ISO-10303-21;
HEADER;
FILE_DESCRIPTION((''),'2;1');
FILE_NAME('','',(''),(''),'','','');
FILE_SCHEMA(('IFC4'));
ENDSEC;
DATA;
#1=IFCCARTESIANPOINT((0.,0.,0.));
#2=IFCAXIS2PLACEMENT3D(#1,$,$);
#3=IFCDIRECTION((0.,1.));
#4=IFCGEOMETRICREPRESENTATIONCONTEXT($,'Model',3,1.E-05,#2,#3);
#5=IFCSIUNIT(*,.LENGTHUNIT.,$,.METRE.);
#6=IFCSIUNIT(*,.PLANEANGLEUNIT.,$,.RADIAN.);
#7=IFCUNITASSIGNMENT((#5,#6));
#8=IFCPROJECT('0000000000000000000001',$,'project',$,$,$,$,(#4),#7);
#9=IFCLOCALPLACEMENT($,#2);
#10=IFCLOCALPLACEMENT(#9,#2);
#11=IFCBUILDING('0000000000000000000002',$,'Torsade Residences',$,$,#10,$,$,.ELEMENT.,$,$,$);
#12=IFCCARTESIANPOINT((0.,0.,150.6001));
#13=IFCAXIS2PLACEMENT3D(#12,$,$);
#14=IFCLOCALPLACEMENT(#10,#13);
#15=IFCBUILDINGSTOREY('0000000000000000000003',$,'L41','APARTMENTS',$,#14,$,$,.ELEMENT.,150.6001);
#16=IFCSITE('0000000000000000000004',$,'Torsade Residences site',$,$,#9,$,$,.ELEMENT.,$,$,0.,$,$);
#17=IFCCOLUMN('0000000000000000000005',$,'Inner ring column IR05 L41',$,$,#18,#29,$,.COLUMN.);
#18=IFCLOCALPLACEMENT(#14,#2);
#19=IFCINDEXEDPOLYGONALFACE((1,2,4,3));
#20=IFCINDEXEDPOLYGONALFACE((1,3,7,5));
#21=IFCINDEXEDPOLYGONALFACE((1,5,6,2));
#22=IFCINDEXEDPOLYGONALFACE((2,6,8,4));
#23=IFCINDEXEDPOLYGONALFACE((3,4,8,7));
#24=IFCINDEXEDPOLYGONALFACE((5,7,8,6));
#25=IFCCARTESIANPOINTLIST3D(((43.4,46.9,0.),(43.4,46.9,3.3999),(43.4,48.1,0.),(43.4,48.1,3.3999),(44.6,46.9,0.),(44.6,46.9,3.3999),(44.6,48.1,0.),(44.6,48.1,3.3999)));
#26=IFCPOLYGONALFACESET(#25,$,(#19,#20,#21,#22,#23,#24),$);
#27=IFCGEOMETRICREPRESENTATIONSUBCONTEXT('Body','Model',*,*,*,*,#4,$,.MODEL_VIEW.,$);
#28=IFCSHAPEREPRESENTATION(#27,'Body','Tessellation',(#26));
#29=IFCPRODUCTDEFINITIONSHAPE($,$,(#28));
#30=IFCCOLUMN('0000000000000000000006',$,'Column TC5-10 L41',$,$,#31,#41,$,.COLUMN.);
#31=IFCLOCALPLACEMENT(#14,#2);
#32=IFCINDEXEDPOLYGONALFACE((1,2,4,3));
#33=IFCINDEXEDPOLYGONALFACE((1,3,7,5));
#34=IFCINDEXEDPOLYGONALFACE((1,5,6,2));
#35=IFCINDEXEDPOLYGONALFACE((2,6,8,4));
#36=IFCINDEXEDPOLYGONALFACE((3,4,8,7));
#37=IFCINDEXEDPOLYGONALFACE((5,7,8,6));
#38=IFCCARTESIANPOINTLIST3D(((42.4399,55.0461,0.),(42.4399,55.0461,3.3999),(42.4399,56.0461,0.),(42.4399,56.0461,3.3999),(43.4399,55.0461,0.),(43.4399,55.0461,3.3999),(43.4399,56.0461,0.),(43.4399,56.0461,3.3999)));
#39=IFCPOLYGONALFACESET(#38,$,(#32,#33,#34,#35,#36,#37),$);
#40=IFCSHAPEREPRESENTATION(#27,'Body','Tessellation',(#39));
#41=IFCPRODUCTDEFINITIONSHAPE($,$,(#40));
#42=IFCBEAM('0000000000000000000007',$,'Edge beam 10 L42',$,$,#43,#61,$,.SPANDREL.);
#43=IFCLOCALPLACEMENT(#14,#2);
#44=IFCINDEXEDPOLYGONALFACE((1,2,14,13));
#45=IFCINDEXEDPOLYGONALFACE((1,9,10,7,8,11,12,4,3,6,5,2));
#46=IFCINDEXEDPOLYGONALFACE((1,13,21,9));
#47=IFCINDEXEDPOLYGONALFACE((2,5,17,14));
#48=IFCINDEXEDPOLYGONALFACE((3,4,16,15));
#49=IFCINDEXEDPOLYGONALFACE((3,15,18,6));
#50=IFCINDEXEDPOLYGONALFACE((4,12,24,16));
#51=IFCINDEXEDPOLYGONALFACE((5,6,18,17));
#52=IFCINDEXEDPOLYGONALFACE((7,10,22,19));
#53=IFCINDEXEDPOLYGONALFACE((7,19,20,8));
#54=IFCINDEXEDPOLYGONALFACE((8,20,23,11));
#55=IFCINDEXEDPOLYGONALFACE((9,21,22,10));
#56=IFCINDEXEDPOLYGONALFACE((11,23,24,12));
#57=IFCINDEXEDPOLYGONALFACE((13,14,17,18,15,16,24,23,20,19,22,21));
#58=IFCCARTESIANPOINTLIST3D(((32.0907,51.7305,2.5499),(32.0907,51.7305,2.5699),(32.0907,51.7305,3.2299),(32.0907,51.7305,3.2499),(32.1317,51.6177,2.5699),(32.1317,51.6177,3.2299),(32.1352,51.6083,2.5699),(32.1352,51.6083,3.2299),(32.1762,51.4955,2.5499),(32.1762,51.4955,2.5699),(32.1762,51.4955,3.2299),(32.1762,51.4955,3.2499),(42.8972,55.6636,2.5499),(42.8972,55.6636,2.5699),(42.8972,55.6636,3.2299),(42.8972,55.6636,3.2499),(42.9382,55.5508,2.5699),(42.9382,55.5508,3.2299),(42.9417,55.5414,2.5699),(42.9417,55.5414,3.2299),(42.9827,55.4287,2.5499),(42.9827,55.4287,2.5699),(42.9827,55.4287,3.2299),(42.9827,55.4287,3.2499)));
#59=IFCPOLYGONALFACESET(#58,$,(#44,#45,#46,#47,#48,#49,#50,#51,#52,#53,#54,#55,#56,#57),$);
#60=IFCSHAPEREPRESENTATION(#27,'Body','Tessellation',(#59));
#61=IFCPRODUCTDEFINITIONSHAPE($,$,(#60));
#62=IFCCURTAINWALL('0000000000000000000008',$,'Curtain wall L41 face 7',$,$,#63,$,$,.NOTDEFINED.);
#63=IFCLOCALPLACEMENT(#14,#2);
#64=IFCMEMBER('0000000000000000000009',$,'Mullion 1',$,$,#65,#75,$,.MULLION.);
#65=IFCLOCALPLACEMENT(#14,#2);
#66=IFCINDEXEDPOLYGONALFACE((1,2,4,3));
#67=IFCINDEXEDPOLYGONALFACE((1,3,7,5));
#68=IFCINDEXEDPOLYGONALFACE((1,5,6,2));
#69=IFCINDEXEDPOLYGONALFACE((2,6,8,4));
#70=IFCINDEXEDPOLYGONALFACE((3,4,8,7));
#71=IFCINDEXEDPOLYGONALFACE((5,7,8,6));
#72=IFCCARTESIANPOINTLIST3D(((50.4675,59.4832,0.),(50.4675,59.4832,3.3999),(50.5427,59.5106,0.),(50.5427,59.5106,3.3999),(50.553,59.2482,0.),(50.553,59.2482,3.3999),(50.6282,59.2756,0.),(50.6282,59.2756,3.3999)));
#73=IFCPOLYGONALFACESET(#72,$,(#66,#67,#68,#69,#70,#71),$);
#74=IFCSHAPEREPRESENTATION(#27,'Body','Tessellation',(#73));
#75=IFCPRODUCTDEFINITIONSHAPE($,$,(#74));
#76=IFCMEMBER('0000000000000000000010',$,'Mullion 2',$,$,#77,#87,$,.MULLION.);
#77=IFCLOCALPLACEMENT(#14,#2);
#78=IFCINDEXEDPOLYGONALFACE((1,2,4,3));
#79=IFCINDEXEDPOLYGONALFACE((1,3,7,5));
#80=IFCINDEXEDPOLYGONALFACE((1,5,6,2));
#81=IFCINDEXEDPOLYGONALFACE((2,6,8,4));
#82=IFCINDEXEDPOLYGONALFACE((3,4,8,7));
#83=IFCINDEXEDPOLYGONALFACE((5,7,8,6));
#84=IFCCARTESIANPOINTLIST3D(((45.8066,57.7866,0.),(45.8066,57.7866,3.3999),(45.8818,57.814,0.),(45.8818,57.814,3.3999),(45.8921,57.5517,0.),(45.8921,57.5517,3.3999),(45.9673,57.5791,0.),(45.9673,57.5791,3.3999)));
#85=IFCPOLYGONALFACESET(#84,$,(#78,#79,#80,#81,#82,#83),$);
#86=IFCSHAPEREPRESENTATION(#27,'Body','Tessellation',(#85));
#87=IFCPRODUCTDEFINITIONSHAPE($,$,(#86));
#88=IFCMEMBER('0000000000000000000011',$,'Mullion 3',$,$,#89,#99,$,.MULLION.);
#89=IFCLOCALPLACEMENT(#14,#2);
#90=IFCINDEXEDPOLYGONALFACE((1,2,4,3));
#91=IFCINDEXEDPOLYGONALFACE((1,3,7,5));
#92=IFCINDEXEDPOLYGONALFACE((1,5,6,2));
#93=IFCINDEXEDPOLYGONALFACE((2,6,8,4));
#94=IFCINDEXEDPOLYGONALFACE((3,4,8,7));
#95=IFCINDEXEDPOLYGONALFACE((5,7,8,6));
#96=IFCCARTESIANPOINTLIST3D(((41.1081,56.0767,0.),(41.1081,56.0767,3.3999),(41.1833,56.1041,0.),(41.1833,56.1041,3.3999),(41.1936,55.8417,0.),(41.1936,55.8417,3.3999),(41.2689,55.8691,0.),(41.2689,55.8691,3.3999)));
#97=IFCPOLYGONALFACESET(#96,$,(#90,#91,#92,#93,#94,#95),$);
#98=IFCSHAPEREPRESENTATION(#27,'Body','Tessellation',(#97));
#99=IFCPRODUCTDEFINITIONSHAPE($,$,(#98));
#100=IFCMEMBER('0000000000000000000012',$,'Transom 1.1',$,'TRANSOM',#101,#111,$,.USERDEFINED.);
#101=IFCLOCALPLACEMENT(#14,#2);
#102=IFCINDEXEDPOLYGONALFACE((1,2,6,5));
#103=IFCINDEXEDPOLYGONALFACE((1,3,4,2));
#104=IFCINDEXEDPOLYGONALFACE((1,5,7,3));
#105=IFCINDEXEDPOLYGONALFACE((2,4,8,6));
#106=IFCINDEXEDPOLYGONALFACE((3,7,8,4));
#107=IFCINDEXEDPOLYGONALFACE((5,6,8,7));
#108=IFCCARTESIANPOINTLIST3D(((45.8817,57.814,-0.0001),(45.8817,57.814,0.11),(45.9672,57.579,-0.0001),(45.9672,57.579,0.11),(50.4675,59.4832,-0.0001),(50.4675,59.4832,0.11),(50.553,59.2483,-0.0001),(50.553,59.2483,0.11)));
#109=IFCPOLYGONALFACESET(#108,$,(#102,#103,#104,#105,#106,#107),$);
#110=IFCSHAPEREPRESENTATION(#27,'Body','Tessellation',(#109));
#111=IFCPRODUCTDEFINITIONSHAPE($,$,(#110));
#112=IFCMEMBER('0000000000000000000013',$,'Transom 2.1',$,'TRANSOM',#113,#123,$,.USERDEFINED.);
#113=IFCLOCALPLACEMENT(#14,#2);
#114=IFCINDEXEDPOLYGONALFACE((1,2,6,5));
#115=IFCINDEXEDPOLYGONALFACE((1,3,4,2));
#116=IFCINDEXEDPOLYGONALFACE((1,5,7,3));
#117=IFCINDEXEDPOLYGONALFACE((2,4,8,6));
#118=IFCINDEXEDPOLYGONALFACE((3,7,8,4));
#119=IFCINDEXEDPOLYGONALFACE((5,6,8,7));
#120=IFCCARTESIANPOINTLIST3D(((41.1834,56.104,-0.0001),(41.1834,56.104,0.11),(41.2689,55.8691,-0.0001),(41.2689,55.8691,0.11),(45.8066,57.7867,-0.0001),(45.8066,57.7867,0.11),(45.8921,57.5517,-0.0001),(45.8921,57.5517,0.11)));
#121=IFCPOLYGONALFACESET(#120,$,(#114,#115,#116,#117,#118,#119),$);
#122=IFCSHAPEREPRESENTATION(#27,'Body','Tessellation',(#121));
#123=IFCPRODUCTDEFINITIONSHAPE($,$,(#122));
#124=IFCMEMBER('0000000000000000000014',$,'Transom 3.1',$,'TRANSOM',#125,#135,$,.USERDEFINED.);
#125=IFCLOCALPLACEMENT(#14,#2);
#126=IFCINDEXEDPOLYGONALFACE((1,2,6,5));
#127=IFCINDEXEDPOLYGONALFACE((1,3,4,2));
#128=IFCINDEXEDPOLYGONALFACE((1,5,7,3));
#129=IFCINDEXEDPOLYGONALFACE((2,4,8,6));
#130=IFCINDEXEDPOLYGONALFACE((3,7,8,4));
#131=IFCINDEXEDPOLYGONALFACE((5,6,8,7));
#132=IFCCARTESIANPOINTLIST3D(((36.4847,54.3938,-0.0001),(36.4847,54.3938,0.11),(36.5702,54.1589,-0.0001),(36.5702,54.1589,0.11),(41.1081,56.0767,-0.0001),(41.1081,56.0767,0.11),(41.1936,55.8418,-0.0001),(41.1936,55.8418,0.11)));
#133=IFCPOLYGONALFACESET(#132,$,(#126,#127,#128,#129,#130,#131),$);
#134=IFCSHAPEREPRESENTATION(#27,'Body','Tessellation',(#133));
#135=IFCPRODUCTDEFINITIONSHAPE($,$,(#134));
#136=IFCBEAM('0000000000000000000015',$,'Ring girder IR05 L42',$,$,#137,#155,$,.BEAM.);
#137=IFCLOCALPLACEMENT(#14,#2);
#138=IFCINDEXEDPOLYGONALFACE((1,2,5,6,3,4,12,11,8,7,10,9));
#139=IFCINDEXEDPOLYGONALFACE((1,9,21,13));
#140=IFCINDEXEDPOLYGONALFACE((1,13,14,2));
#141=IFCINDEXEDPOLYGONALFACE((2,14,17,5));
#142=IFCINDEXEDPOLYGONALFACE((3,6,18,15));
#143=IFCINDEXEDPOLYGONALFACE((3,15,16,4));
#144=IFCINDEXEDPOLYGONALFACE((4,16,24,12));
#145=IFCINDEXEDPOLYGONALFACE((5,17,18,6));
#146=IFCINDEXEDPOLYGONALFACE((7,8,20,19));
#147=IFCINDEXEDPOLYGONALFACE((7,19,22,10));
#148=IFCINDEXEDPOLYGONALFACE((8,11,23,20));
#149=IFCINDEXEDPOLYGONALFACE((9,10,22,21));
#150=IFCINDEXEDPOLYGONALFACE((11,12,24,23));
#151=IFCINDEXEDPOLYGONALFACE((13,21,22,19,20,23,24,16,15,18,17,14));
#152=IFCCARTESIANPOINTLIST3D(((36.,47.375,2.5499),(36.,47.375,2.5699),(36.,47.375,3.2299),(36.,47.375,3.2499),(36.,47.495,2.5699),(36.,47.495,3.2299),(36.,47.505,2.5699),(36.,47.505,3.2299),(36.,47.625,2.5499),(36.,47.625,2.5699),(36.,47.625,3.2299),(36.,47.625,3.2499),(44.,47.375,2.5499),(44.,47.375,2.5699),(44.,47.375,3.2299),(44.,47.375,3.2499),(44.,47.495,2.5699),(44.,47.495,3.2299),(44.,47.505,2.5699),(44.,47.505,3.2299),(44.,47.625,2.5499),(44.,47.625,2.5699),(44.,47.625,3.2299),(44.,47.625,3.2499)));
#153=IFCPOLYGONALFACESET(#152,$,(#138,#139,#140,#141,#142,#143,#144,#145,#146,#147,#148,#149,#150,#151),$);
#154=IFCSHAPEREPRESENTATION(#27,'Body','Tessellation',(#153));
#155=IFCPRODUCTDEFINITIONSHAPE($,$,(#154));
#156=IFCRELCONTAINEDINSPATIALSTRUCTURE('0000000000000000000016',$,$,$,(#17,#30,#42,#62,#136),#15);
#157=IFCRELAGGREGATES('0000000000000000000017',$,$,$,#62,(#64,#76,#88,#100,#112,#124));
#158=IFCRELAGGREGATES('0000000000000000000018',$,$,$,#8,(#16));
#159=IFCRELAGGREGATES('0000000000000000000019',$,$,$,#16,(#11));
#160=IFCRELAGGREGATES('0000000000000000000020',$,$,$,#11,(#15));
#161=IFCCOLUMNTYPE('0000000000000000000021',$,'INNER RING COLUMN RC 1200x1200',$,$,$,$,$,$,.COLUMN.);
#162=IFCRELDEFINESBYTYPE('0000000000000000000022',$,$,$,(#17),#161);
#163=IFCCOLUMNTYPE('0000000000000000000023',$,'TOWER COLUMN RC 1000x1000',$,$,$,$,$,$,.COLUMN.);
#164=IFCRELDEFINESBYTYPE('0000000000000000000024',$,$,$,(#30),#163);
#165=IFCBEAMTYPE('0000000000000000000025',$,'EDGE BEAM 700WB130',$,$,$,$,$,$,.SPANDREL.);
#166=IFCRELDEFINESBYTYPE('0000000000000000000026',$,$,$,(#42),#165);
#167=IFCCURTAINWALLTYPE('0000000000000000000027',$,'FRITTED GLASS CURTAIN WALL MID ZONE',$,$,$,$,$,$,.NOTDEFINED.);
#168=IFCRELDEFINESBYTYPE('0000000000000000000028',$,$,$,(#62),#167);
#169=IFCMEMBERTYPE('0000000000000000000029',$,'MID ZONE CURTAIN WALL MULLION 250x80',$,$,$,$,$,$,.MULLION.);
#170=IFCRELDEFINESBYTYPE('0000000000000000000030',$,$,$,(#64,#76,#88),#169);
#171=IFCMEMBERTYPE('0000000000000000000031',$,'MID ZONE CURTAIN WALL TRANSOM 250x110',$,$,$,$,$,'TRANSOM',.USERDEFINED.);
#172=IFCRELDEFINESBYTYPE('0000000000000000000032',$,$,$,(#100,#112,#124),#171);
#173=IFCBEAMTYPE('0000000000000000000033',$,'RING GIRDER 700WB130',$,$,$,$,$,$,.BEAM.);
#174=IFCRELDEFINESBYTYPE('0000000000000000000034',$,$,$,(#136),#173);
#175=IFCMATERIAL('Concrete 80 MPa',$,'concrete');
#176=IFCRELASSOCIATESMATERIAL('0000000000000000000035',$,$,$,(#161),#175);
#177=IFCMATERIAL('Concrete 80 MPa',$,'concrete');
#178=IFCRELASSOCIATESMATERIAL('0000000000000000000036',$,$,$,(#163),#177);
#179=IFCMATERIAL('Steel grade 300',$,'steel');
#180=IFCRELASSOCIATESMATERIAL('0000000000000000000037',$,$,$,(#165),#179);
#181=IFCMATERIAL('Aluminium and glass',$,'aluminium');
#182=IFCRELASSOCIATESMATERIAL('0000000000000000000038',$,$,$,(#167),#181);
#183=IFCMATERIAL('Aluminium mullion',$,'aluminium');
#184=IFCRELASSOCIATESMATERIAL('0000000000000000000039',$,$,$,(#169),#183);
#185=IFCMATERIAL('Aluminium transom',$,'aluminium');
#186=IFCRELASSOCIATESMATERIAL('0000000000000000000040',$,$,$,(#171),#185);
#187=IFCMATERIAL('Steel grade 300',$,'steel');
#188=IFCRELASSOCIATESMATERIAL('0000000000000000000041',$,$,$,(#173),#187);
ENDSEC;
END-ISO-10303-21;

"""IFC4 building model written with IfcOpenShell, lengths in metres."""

from ifc_helpers import new_model, si_unit, direction, frame, origin, origin_2d, place, context, subcontext, project, spatial, rectangle, i_section, extrude, material, material_profile, profile_set, type_object, element, aggregate, save


model = new_model("IFC4")

# Units and contexts
model_context = context("Model", 3, precision=1e-05, world=origin(), true_north=direction((0.0, 1.0)))
body_context = subcontext(model_context, "Body", "Model", "MODEL_VIEW")
ifc_project = project(units=[si_unit("LENGTHUNIT", "METRE"), si_unit("PLANEANGLEUNIT", "RADIAN")], contexts=[model_context])

# Site, building, storey
site_placement = place(None, origin())
site = spatial("IfcSite", under=ifc_project, at=site_placement, Name="Torsade Residences site", CompositionType="ELEMENT", RefElevation=0.0)
building_placement = place(site_placement, origin())
building = spatial("IfcBuilding", under=site, at=building_placement, Name="Torsade Residences", CompositionType="ELEMENT")
storey_placement = place(building_placement, frame((0.0, 0.0, 150.6001)))
storey = spatial("IfcBuildingStorey", under=building, at=storey_placement, Name="L41", Description="APARTMENTS", CompositionType="ELEMENT", Elevation=150.6001)

# Columns
ifc_material_1 = material(Name="Concrete 80 MPa", Category="concrete")
ifc_material_profile_1 = material_profile(ifc_material_1, rectangle(XDim=1.2, YDim=1.2, at=origin_2d()), Name="RC 1200x1200")
ifc_profile_set_1 = profile_set([ifc_material_profile_1], Name="Concrete 80 MPa")
column_type_1 = type_object("IfcColumnType", Name="INNER RING COLUMN RC 1200x1200", PredefinedType="COLUMN", material=ifc_profile_set_1)
column_1_placement = place(storey_placement, frame((44.0, 47.5, 0.0), z_axis=(0.0, 0.0, 1.0), x_axis=(1.0, 0.0, 0.0)))
element("IfcColumn", 1, at=column_1_placement, inside=storey, type_object=column_type_1, Name="Inner ring column IR05 L41", PredefinedType="COLUMN", context=body_context, shape_type="SweptSolid", body=[
    extrude(rectangle(XDim=1.2, YDim=1.2, at=origin_2d()), origin(), (0.0, 0.0, 1.0), 3.3999),
])
ifc_material_2 = material(Name="Concrete 80 MPa", Category="concrete")
ifc_material_profile_2 = material_profile(ifc_material_2, rectangle(XDim=1.0, YDim=1.0, at=origin_2d()), Name="RC 1000x1000")
ifc_profile_set_2 = profile_set([ifc_material_profile_2], Name="Concrete 80 MPa")
column_type_2 = type_object("IfcColumnType", Name="TOWER COLUMN RC 1000x1000", PredefinedType="COLUMN", material=ifc_profile_set_2)
column_2_placement = place(storey_placement, frame((42.9399, 55.5461, 0.0), z_axis=(0.0, 0.0, 1.0), x_axis=(1.0, 0.0, 0.0)))
element("IfcColumn", 2, at=column_2_placement, inside=storey, type_object=column_type_2, Name="Column TC5-10 L41", PredefinedType="COLUMN", context=body_context, shape_type="SweptSolid", body=[
    extrude(rectangle(XDim=1.0, YDim=1.0, at=origin_2d()), origin(), (0.0, 0.0, 1.0), 3.3999),
])

# Beam
ifc_material_3 = material(Name="Steel grade 300", Category="steel")
ifc_material_profile_3 = material_profile(ifc_material_3, i_section(OverallWidth=0.25, OverallDepth=0.7, WebThickness=0.01, FlangeThickness=0.02, at=origin_2d()), Name="700WB130")
ifc_profile_set_3 = profile_set([ifc_material_profile_3], Name="Steel grade 300")
beam_type_1 = type_object("IfcBeamType", Name="EDGE BEAM 700WB130", PredefinedType="SPANDREL", material=ifc_profile_set_3)
beam_1_placement = place(storey_placement, frame((42.9399, 55.5461, 2.8999), z_axis=(-0.939695, -0.342012, 0.0), x_axis=(0.342012, -0.939695, 0.0)))
element("IfcBeam", 3, at=beam_1_placement, inside=storey, type_object=beam_type_1, Name="Edge beam 10 L42", PredefinedType="SPANDREL", context=body_context, shape_type="SweptSolid", body=[
    extrude(i_section(OverallWidth=0.25, OverallDepth=0.7, WebThickness=0.01, FlangeThickness=0.02, at=origin_2d()), origin(), (0.0, 0.0, 1.0), 11.5),
])

# Curtain wall, members
ifc_material_4 = material(Name="Aluminium and glass", Category="aluminium")
curtain_wall_type = type_object("IfcCurtainWallType", Name="FRITTED GLASS CURTAIN WALL MID ZONE", PredefinedType="NOTDEFINED", material=ifc_material_4)
curtain_wall_placement = place(storey_placement, origin())
curtain_wall = element("IfcCurtainWall", 4, at=curtain_wall_placement, inside=storey, type_object=curtain_wall_type, Name="Curtain wall L41 face 7", PredefinedType="NOTDEFINED")
ifc_material_5 = material(Name="Aluminium mullion", Category="aluminium")
ifc_material_profile_4 = material_profile(ifc_material_5, rectangle(XDim=0.25, YDim=0.0801, at=origin_2d()), Name="MID ZONE CURTAIN WALL MULLION 250x80")
ifc_profile_set_4 = profile_set([ifc_material_profile_4], Name="Aluminium mullion")
member_type_1 = type_object("IfcMemberType", Name="MID ZONE CURTAIN WALL MULLION 250x80", PredefinedType="MULLION", material=ifc_profile_set_4)
member_1_placement = place(storey_placement, frame((50.5479, 59.3794, 0.0), z_axis=(0.0, 0.0, 1.0), x_axis=(0.34202, -0.939693, 0.0)))
member_1 = element("IfcMember", 5, at=member_1_placement, type_object=member_type_1, Name="Mullion 1", PredefinedType="MULLION", context=body_context, shape_type="SweptSolid", body=[
    extrude(rectangle(XDim=0.25, YDim=0.0801, at=origin_2d()), origin(), (0.0, 0.0, 1.0), 3.3999),
])
member_2_placement = place(storey_placement, frame((45.887, 57.6829, 0.0), z_axis=(0.0, 0.0, 1.0), x_axis=(0.34202, -0.939693, 0.0)))
member_2 = element("IfcMember", 6, at=member_2_placement, type_object=member_type_1, Name="Mullion 2", PredefinedType="MULLION", context=body_context, shape_type="SweptSolid", body=[
    extrude(rectangle(XDim=0.25, YDim=0.0801, at=origin_2d()), origin(), (0.0, 0.0, 1.0), 3.3999),
])
member_3_placement = place(storey_placement, frame((41.1885, 55.9729, 0.0), z_axis=(0.0, 0.0, 1.0), x_axis=(0.34202, -0.939693, 0.0)))
member_3 = element("IfcMember", 7, at=member_3_placement, type_object=member_type_1, Name="Mullion 3", PredefinedType="MULLION", context=body_context, shape_type="SweptSolid", body=[
    extrude(rectangle(XDim=0.25, YDim=0.0801, at=origin_2d()), origin(), (0.0, 0.0, 1.0), 3.3999),
])
ifc_material_6 = material(Name="Aluminium transom", Category="aluminium")
ifc_material_profile_5 = material_profile(ifc_material_6, rectangle(XDim=0.25, YDim=0.1101, at=origin_2d()), Name="MID ZONE CURTAIN WALL TRANSOM 250x110")
ifc_profile_set_5 = profile_set([ifc_material_profile_5], Name="Aluminium transom")
member_type_2 = type_object("IfcMemberType", Name="MID ZONE CURTAIN WALL TRANSOM 250x110", ElementType="TRANSOM", PredefinedType="USERDEFINED", material=ifc_profile_set_5)
member_4_placement = place(storey_placement, frame((50.5103, 59.3657, 0.0549), z_axis=(-0.939684, -0.342044, 0.0), x_axis=(0.342044, -0.939684, 0.0)))
member_4 = element("IfcMember", 8, at=member_4_placement, type_object=member_type_2, Name="Transom 1.1", ObjectType="TRANSOM", PredefinedType="USERDEFINED", context=body_context, shape_type="SweptSolid", body=[
    extrude(rectangle(XDim=0.25, YDim=0.1101, at=origin_2d()), origin(), (0.0, 0.0, 1.0), 4.8801),
])
member_5_placement = place(storey_placement, frame((45.8494, 57.6692, 0.0549), z_axis=(-0.939701, -0.341998, 0.0), x_axis=(0.341998, -0.939701, 0.0)))
member_5 = element("IfcMember", 9, at=member_5_placement, type_object=member_type_2, Name="Transom 2.1", ObjectType="TRANSOM", PredefinedType="USERDEFINED", context=body_context, shape_type="SweptSolid", body=[
    extrude(rectangle(XDim=0.25, YDim=0.1101, at=origin_2d()), origin(), (0.0, 0.0, 1.0), 4.9199),
])
member_6_placement = place(storey_placement, frame((41.1509, 55.9592, 0.0549), z_axis=(-0.939685, -0.342042, 0.0), x_axis=(0.342042, -0.939685, 0.0)))
member_6 = element("IfcMember", 10, at=member_6_placement, type_object=member_type_2, Name="Transom 3.1", ObjectType="TRANSOM", PredefinedType="USERDEFINED", context=body_context, shape_type="SweptSolid", body=[
    extrude(rectangle(XDim=0.25, YDim=0.1101, at=origin_2d()), origin(), (0.0, 0.0, 1.0), 4.9202),
])

# Beam
ifc_material_7 = material(Name="Steel grade 300", Category="steel")
ifc_material_profile_6 = material_profile(ifc_material_7, i_section(OverallWidth=0.25, OverallDepth=0.7, WebThickness=0.01, FlangeThickness=0.02, at=origin_2d()), Name="700WB130")
ifc_profile_set_6 = profile_set([ifc_material_profile_6], Name="Steel grade 300")
beam_type_2 = type_object("IfcBeamType", Name="RING GIRDER 700WB130", PredefinedType="BEAM", material=ifc_profile_set_6)
beam_2_placement = place(storey_placement, frame((44.0, 47.5, 2.8999), z_axis=(-1.0, 0.0, 0.0), x_axis=(0.0, -1.0, 0.0)))
element("IfcBeam", 11, at=beam_2_placement, inside=storey, type_object=beam_type_2, Name="Ring girder IR05 L42", PredefinedType="BEAM", context=body_context, shape_type="SweptSolid", body=[
    extrude(i_section(OverallWidth=0.25, OverallDepth=0.7, WebThickness=0.01, FlangeThickness=0.02, at=origin_2d()), origin(), (0.0, 0.0, 1.0), 8.0),
])

aggregate(curtain_wall, [member_1, member_2, member_3, member_4, member_5, member_6])

save(model, "model.ifc")
